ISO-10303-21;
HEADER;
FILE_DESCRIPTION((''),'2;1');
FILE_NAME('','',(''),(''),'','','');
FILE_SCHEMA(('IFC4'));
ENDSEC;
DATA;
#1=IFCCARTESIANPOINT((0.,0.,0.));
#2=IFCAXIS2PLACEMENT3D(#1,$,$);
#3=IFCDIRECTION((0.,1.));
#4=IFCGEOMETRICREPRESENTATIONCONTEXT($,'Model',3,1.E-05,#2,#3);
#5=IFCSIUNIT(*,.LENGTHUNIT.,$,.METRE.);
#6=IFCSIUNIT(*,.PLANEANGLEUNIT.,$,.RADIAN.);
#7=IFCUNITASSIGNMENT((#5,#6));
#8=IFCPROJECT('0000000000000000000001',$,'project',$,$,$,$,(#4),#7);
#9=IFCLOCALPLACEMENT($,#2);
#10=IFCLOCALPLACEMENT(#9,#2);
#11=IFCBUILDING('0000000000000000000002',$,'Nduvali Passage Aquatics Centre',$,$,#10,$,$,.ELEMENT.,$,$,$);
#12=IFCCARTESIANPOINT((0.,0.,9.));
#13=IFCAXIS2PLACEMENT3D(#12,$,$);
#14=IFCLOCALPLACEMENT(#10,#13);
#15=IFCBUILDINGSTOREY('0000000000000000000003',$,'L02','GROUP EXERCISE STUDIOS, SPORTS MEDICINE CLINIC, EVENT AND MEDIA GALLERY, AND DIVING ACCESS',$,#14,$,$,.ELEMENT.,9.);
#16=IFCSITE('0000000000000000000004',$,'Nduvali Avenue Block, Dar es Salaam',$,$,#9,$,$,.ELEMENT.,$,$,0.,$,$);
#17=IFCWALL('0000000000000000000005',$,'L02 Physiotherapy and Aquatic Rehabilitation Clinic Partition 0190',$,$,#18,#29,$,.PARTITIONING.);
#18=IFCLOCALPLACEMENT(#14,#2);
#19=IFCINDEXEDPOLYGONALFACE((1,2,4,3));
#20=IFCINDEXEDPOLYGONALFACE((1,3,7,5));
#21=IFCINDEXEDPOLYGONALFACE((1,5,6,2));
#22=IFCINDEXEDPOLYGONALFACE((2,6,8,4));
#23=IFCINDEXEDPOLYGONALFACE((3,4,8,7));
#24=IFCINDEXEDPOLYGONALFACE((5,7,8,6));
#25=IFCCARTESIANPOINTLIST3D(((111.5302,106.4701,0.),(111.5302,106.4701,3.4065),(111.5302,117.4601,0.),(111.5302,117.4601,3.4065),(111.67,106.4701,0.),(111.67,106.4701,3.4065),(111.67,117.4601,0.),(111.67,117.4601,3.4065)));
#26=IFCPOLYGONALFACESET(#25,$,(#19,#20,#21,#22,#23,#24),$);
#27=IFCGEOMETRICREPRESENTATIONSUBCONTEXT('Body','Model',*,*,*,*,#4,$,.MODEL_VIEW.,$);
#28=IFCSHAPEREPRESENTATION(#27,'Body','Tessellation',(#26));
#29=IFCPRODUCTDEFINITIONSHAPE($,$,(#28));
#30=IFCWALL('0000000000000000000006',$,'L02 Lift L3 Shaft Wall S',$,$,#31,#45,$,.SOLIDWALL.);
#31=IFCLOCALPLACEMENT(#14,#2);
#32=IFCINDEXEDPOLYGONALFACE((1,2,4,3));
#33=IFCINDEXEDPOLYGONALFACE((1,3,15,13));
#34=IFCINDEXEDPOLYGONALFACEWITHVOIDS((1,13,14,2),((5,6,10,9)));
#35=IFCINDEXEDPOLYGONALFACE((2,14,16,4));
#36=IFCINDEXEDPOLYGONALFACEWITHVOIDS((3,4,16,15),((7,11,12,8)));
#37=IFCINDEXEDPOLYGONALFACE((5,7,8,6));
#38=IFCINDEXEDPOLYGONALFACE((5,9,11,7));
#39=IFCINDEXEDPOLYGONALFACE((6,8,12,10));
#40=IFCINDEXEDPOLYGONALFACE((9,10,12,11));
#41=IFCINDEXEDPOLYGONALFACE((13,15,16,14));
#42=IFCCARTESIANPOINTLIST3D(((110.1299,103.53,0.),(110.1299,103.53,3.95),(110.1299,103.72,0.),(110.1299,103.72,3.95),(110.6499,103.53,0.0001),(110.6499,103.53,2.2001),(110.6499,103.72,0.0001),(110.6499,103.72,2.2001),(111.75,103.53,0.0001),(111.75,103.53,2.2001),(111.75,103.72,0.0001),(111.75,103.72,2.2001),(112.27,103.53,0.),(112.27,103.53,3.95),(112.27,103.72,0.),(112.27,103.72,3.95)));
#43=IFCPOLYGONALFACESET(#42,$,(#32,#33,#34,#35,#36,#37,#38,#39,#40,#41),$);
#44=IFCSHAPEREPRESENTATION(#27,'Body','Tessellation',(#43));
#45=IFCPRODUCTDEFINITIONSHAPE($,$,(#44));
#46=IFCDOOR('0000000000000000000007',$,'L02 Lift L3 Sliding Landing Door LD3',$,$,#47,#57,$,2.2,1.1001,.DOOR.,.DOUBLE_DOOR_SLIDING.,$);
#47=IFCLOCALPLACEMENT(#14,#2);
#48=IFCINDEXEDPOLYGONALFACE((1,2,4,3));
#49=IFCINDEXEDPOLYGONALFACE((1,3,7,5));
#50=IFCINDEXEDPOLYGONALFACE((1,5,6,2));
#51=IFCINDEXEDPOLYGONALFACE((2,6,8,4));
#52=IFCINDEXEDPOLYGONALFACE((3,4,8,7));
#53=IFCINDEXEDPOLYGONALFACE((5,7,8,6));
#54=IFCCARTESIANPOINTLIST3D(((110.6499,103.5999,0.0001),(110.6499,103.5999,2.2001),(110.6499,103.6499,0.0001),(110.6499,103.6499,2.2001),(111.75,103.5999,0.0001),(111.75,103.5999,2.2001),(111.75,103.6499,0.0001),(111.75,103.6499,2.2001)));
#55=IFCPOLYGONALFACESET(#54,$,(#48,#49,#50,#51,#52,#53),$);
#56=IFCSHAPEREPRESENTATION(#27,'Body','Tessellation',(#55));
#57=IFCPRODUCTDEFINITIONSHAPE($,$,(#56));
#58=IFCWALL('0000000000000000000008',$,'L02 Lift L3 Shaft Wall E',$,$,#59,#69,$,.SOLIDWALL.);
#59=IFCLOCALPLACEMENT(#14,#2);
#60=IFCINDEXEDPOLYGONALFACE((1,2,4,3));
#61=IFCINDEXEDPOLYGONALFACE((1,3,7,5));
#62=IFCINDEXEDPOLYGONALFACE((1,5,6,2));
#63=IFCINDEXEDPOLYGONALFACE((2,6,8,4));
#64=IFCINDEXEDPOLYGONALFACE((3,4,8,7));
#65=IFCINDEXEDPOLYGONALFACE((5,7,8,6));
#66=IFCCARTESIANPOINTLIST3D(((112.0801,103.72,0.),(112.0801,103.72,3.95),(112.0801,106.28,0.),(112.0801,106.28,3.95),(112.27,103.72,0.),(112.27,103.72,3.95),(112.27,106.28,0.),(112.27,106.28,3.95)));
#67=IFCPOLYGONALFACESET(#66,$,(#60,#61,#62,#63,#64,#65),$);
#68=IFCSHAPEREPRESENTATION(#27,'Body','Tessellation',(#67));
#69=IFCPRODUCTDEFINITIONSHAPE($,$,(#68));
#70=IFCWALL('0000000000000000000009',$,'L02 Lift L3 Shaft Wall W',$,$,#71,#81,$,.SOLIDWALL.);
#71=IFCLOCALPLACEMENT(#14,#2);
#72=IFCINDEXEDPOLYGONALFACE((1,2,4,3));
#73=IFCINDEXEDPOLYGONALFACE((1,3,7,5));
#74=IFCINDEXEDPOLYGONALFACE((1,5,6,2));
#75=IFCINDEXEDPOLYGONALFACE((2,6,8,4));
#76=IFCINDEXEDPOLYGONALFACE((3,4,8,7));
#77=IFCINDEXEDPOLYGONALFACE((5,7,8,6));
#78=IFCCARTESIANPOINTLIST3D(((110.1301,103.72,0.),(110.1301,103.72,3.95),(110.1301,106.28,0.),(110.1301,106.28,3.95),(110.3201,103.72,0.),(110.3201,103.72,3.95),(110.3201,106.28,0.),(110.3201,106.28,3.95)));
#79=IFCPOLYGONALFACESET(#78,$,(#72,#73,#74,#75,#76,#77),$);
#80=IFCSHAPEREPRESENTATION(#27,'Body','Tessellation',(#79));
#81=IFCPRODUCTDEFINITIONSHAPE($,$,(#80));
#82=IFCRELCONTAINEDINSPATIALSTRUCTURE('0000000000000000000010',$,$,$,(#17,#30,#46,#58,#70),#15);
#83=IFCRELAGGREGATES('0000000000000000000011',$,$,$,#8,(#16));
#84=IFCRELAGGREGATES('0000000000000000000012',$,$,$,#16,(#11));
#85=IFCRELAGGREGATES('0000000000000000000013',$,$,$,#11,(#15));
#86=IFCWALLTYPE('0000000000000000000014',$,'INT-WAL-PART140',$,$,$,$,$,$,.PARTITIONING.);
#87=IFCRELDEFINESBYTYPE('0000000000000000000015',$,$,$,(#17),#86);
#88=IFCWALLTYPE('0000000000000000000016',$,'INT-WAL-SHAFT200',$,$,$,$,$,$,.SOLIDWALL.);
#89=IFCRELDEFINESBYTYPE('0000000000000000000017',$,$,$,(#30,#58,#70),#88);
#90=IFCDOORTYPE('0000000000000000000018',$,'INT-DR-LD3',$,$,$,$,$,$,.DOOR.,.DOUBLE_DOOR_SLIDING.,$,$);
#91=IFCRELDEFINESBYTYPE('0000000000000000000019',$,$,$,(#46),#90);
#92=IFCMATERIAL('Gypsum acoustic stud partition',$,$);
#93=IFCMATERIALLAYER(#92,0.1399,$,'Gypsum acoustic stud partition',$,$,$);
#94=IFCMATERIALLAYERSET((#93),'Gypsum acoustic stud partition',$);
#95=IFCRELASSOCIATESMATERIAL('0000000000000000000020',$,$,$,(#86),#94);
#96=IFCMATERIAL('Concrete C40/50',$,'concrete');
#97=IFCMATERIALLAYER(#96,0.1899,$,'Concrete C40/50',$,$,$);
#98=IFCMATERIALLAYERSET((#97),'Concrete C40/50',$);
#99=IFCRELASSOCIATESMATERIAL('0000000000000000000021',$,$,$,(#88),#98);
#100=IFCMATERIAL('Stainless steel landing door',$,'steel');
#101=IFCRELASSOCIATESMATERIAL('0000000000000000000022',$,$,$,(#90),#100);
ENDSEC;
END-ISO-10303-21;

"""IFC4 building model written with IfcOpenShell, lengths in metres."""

from ifc_helpers import new_model, si_unit, direction, frame, frame_2d, origin, place, context, subcontext, project, spatial, rectangle, extrude, material, layer, layer_set, type_object, element, fill, save


model = new_model("IFC4")

# Units and contexts
model_context = context("Model", 3, precision=1e-05, world=origin(), true_north=direction((0.0, 1.0)))
body_context = subcontext(model_context, "Body", "Model", "MODEL_VIEW")
ifc_project = project(units=[si_unit("LENGTHUNIT", "METRE"), si_unit("PLANEANGLEUNIT", "RADIAN")], contexts=[model_context])

# Site, building, storey
site_placement = place(None, origin())
site = spatial("IfcSite", under=ifc_project, at=site_placement, Name="Nduvali Avenue Block, Dar es Salaam", CompositionType="ELEMENT", RefElevation=0.0)
building_placement = place(site_placement, origin())
building = spatial("IfcBuilding", under=site, at=building_placement, Name="Nduvali Passage Aquatics Centre", CompositionType="ELEMENT")
storey_placement = place(building_placement, frame((0.0, 0.0, 9.0)))
storey = spatial("IfcBuildingStorey", under=building, at=storey_placement, Name="L02", Description="GROUP EXERCISE STUDIOS, SPORTS MEDICINE CLINIC, EVENT AND MEDIA GALLERY, AND DIVING ACCESS", CompositionType="ELEMENT", Elevation=9.0)

# Shared definitions
ifc_material_1 = material(Name="Concrete C40/50", Category="concrete")

# Shared definitions
ifc_material_2 = material(Name="Gypsum acoustic stud partition")
ifc_layer_1 = layer(ifc_material_2, 0.1399, Name="Gypsum acoustic stud partition")
ifc_layer_set_1 = layer_set([ifc_layer_1], Name="Gypsum acoustic stud partition")
wall_type_1 = type_object("IfcWallType", Name="INT-WAL-PART140", PredefinedType="PARTITIONING", material=ifc_layer_set_1)

# Wall
wall_1_placement = place(storey_placement, frame((111.6001, 106.47, 0.0), z_axis=(0.0, 0.0, 1.0), x_axis=(0.0, 1.0, 0.0)))
element("IfcWall", 1, at=wall_1_placement, inside=storey, type_object=wall_type_1, Name="L02 Physiotherapy and Aquatic Rehabilitation Clinic Partition 0190", PredefinedType="PARTITIONING", context=body_context, shape_type="SweptSolid", body=[
    extrude(rectangle(XDim=10.99, YDim=0.1399, at=frame_2d((5.4951, 0.0))), origin(), (0.0, 0.0, 1.0), 3.4065),
])

# Wall, opening, door
ifc_layer_2 = layer(ifc_material_1, 0.1899, Name="Concrete C40/50")
ifc_layer_set_2 = layer_set([ifc_layer_2], Name="Concrete C40/50")
wall_type_2 = type_object("IfcWallType", Name="INT-WAL-SHAFT200", PredefinedType="SOLIDWALL", material=ifc_layer_set_2)
wall_2_placement = place(storey_placement, frame((110.1299, 103.625, 0.0), z_axis=(0.0, 0.0, 1.0), x_axis=(1.0, 0.0, 0.0)))
wall_2 = element("IfcWall", 2, at=wall_2_placement, inside=storey, type_object=wall_type_2, Name="L02 Lift L3 Shaft Wall S", PredefinedType="SOLIDWALL", context=body_context, shape_type="SweptSolid", body=[
    extrude(rectangle(XDim=2.1401, YDim=0.1899, at=frame_2d((1.0701, 0.0))), origin(), (0.0, 0.0, 1.0), 3.95),
])
opening_1_placement = place(wall_2_placement, frame((0.52, 0.0, 0.0)))
opening_1 = element("IfcOpeningElement", 3, at=opening_1_placement, cuts=wall_2, PredefinedType="OPENING", context=body_context, shape_type="SweptSolid", body=[
    extrude(rectangle(XDim=1.1001, YDim=2.2, at=frame_2d((0.55, 1.1001))), frame((0.0, 0.1099, 0.0), z_axis=(0.0, -1.0, 0.0), x_axis=(1.0, 0.0, 0.0)), (0.0, 0.0, 1.0), 0.2197),
])
ifc_material_3 = material(Name="Stainless steel landing door", Category="steel")
door_type_1 = type_object("IfcDoorType", Name="INT-DR-LD3", OperationType="DOUBLE_DOOR_SLIDING", PredefinedType="DOOR", material=ifc_material_3)
door_1_placement = place(opening_1_placement, origin())
door_1 = element("IfcDoor", 4, at=door_1_placement, inside=storey, type_object=door_type_1, Name="L02 Lift L3 Sliding Landing Door LD3", OperationType="DOUBLE_DOOR_SLIDING", OverallHeight=2.2, OverallWidth=1.1001, PredefinedType="DOOR", context=body_context, shape_type="SweptSolid", body=[
    extrude(rectangle(XDim=1.1001, YDim=2.2, at=frame_2d((0.55, 1.1001))), frame((0.0, 0.0249, 0.0), z_axis=(0.0, -1.0, 0.0), x_axis=(1.0, 0.0, 0.0)), (0.0, 0.0, 1.0), 0.05),
])
fill(opening_1, door_1)

# Walls
for number, where, z_axis, x_axis, name in (
    (5, (112.175, 103.72, 0.0), (0.0, 0.0, 1.0), (0.0, 1.0, 0.0), "L02 Lift L3 Shaft Wall E"),
    (6, (110.2251, 106.28, 0.0), (0.0, 0.0, 1.0), (0.0, -1.0, 0.0), "L02 Lift L3 Shaft Wall W"),
):
    element("IfcWall", number, at=place(storey_placement, frame(where, z_axis=z_axis, x_axis=x_axis)), inside=storey, type_object=wall_type_2, Name=name, PredefinedType="SOLIDWALL", context=body_context, shape_type="SweptSolid", body=[
        extrude(rectangle(XDim=2.5601, YDim=0.1899, at=frame_2d((1.28, 0.0))), origin(), (0.0, 0.0, 1.0), 3.95),
    ])

save(model, "model.ifc")
